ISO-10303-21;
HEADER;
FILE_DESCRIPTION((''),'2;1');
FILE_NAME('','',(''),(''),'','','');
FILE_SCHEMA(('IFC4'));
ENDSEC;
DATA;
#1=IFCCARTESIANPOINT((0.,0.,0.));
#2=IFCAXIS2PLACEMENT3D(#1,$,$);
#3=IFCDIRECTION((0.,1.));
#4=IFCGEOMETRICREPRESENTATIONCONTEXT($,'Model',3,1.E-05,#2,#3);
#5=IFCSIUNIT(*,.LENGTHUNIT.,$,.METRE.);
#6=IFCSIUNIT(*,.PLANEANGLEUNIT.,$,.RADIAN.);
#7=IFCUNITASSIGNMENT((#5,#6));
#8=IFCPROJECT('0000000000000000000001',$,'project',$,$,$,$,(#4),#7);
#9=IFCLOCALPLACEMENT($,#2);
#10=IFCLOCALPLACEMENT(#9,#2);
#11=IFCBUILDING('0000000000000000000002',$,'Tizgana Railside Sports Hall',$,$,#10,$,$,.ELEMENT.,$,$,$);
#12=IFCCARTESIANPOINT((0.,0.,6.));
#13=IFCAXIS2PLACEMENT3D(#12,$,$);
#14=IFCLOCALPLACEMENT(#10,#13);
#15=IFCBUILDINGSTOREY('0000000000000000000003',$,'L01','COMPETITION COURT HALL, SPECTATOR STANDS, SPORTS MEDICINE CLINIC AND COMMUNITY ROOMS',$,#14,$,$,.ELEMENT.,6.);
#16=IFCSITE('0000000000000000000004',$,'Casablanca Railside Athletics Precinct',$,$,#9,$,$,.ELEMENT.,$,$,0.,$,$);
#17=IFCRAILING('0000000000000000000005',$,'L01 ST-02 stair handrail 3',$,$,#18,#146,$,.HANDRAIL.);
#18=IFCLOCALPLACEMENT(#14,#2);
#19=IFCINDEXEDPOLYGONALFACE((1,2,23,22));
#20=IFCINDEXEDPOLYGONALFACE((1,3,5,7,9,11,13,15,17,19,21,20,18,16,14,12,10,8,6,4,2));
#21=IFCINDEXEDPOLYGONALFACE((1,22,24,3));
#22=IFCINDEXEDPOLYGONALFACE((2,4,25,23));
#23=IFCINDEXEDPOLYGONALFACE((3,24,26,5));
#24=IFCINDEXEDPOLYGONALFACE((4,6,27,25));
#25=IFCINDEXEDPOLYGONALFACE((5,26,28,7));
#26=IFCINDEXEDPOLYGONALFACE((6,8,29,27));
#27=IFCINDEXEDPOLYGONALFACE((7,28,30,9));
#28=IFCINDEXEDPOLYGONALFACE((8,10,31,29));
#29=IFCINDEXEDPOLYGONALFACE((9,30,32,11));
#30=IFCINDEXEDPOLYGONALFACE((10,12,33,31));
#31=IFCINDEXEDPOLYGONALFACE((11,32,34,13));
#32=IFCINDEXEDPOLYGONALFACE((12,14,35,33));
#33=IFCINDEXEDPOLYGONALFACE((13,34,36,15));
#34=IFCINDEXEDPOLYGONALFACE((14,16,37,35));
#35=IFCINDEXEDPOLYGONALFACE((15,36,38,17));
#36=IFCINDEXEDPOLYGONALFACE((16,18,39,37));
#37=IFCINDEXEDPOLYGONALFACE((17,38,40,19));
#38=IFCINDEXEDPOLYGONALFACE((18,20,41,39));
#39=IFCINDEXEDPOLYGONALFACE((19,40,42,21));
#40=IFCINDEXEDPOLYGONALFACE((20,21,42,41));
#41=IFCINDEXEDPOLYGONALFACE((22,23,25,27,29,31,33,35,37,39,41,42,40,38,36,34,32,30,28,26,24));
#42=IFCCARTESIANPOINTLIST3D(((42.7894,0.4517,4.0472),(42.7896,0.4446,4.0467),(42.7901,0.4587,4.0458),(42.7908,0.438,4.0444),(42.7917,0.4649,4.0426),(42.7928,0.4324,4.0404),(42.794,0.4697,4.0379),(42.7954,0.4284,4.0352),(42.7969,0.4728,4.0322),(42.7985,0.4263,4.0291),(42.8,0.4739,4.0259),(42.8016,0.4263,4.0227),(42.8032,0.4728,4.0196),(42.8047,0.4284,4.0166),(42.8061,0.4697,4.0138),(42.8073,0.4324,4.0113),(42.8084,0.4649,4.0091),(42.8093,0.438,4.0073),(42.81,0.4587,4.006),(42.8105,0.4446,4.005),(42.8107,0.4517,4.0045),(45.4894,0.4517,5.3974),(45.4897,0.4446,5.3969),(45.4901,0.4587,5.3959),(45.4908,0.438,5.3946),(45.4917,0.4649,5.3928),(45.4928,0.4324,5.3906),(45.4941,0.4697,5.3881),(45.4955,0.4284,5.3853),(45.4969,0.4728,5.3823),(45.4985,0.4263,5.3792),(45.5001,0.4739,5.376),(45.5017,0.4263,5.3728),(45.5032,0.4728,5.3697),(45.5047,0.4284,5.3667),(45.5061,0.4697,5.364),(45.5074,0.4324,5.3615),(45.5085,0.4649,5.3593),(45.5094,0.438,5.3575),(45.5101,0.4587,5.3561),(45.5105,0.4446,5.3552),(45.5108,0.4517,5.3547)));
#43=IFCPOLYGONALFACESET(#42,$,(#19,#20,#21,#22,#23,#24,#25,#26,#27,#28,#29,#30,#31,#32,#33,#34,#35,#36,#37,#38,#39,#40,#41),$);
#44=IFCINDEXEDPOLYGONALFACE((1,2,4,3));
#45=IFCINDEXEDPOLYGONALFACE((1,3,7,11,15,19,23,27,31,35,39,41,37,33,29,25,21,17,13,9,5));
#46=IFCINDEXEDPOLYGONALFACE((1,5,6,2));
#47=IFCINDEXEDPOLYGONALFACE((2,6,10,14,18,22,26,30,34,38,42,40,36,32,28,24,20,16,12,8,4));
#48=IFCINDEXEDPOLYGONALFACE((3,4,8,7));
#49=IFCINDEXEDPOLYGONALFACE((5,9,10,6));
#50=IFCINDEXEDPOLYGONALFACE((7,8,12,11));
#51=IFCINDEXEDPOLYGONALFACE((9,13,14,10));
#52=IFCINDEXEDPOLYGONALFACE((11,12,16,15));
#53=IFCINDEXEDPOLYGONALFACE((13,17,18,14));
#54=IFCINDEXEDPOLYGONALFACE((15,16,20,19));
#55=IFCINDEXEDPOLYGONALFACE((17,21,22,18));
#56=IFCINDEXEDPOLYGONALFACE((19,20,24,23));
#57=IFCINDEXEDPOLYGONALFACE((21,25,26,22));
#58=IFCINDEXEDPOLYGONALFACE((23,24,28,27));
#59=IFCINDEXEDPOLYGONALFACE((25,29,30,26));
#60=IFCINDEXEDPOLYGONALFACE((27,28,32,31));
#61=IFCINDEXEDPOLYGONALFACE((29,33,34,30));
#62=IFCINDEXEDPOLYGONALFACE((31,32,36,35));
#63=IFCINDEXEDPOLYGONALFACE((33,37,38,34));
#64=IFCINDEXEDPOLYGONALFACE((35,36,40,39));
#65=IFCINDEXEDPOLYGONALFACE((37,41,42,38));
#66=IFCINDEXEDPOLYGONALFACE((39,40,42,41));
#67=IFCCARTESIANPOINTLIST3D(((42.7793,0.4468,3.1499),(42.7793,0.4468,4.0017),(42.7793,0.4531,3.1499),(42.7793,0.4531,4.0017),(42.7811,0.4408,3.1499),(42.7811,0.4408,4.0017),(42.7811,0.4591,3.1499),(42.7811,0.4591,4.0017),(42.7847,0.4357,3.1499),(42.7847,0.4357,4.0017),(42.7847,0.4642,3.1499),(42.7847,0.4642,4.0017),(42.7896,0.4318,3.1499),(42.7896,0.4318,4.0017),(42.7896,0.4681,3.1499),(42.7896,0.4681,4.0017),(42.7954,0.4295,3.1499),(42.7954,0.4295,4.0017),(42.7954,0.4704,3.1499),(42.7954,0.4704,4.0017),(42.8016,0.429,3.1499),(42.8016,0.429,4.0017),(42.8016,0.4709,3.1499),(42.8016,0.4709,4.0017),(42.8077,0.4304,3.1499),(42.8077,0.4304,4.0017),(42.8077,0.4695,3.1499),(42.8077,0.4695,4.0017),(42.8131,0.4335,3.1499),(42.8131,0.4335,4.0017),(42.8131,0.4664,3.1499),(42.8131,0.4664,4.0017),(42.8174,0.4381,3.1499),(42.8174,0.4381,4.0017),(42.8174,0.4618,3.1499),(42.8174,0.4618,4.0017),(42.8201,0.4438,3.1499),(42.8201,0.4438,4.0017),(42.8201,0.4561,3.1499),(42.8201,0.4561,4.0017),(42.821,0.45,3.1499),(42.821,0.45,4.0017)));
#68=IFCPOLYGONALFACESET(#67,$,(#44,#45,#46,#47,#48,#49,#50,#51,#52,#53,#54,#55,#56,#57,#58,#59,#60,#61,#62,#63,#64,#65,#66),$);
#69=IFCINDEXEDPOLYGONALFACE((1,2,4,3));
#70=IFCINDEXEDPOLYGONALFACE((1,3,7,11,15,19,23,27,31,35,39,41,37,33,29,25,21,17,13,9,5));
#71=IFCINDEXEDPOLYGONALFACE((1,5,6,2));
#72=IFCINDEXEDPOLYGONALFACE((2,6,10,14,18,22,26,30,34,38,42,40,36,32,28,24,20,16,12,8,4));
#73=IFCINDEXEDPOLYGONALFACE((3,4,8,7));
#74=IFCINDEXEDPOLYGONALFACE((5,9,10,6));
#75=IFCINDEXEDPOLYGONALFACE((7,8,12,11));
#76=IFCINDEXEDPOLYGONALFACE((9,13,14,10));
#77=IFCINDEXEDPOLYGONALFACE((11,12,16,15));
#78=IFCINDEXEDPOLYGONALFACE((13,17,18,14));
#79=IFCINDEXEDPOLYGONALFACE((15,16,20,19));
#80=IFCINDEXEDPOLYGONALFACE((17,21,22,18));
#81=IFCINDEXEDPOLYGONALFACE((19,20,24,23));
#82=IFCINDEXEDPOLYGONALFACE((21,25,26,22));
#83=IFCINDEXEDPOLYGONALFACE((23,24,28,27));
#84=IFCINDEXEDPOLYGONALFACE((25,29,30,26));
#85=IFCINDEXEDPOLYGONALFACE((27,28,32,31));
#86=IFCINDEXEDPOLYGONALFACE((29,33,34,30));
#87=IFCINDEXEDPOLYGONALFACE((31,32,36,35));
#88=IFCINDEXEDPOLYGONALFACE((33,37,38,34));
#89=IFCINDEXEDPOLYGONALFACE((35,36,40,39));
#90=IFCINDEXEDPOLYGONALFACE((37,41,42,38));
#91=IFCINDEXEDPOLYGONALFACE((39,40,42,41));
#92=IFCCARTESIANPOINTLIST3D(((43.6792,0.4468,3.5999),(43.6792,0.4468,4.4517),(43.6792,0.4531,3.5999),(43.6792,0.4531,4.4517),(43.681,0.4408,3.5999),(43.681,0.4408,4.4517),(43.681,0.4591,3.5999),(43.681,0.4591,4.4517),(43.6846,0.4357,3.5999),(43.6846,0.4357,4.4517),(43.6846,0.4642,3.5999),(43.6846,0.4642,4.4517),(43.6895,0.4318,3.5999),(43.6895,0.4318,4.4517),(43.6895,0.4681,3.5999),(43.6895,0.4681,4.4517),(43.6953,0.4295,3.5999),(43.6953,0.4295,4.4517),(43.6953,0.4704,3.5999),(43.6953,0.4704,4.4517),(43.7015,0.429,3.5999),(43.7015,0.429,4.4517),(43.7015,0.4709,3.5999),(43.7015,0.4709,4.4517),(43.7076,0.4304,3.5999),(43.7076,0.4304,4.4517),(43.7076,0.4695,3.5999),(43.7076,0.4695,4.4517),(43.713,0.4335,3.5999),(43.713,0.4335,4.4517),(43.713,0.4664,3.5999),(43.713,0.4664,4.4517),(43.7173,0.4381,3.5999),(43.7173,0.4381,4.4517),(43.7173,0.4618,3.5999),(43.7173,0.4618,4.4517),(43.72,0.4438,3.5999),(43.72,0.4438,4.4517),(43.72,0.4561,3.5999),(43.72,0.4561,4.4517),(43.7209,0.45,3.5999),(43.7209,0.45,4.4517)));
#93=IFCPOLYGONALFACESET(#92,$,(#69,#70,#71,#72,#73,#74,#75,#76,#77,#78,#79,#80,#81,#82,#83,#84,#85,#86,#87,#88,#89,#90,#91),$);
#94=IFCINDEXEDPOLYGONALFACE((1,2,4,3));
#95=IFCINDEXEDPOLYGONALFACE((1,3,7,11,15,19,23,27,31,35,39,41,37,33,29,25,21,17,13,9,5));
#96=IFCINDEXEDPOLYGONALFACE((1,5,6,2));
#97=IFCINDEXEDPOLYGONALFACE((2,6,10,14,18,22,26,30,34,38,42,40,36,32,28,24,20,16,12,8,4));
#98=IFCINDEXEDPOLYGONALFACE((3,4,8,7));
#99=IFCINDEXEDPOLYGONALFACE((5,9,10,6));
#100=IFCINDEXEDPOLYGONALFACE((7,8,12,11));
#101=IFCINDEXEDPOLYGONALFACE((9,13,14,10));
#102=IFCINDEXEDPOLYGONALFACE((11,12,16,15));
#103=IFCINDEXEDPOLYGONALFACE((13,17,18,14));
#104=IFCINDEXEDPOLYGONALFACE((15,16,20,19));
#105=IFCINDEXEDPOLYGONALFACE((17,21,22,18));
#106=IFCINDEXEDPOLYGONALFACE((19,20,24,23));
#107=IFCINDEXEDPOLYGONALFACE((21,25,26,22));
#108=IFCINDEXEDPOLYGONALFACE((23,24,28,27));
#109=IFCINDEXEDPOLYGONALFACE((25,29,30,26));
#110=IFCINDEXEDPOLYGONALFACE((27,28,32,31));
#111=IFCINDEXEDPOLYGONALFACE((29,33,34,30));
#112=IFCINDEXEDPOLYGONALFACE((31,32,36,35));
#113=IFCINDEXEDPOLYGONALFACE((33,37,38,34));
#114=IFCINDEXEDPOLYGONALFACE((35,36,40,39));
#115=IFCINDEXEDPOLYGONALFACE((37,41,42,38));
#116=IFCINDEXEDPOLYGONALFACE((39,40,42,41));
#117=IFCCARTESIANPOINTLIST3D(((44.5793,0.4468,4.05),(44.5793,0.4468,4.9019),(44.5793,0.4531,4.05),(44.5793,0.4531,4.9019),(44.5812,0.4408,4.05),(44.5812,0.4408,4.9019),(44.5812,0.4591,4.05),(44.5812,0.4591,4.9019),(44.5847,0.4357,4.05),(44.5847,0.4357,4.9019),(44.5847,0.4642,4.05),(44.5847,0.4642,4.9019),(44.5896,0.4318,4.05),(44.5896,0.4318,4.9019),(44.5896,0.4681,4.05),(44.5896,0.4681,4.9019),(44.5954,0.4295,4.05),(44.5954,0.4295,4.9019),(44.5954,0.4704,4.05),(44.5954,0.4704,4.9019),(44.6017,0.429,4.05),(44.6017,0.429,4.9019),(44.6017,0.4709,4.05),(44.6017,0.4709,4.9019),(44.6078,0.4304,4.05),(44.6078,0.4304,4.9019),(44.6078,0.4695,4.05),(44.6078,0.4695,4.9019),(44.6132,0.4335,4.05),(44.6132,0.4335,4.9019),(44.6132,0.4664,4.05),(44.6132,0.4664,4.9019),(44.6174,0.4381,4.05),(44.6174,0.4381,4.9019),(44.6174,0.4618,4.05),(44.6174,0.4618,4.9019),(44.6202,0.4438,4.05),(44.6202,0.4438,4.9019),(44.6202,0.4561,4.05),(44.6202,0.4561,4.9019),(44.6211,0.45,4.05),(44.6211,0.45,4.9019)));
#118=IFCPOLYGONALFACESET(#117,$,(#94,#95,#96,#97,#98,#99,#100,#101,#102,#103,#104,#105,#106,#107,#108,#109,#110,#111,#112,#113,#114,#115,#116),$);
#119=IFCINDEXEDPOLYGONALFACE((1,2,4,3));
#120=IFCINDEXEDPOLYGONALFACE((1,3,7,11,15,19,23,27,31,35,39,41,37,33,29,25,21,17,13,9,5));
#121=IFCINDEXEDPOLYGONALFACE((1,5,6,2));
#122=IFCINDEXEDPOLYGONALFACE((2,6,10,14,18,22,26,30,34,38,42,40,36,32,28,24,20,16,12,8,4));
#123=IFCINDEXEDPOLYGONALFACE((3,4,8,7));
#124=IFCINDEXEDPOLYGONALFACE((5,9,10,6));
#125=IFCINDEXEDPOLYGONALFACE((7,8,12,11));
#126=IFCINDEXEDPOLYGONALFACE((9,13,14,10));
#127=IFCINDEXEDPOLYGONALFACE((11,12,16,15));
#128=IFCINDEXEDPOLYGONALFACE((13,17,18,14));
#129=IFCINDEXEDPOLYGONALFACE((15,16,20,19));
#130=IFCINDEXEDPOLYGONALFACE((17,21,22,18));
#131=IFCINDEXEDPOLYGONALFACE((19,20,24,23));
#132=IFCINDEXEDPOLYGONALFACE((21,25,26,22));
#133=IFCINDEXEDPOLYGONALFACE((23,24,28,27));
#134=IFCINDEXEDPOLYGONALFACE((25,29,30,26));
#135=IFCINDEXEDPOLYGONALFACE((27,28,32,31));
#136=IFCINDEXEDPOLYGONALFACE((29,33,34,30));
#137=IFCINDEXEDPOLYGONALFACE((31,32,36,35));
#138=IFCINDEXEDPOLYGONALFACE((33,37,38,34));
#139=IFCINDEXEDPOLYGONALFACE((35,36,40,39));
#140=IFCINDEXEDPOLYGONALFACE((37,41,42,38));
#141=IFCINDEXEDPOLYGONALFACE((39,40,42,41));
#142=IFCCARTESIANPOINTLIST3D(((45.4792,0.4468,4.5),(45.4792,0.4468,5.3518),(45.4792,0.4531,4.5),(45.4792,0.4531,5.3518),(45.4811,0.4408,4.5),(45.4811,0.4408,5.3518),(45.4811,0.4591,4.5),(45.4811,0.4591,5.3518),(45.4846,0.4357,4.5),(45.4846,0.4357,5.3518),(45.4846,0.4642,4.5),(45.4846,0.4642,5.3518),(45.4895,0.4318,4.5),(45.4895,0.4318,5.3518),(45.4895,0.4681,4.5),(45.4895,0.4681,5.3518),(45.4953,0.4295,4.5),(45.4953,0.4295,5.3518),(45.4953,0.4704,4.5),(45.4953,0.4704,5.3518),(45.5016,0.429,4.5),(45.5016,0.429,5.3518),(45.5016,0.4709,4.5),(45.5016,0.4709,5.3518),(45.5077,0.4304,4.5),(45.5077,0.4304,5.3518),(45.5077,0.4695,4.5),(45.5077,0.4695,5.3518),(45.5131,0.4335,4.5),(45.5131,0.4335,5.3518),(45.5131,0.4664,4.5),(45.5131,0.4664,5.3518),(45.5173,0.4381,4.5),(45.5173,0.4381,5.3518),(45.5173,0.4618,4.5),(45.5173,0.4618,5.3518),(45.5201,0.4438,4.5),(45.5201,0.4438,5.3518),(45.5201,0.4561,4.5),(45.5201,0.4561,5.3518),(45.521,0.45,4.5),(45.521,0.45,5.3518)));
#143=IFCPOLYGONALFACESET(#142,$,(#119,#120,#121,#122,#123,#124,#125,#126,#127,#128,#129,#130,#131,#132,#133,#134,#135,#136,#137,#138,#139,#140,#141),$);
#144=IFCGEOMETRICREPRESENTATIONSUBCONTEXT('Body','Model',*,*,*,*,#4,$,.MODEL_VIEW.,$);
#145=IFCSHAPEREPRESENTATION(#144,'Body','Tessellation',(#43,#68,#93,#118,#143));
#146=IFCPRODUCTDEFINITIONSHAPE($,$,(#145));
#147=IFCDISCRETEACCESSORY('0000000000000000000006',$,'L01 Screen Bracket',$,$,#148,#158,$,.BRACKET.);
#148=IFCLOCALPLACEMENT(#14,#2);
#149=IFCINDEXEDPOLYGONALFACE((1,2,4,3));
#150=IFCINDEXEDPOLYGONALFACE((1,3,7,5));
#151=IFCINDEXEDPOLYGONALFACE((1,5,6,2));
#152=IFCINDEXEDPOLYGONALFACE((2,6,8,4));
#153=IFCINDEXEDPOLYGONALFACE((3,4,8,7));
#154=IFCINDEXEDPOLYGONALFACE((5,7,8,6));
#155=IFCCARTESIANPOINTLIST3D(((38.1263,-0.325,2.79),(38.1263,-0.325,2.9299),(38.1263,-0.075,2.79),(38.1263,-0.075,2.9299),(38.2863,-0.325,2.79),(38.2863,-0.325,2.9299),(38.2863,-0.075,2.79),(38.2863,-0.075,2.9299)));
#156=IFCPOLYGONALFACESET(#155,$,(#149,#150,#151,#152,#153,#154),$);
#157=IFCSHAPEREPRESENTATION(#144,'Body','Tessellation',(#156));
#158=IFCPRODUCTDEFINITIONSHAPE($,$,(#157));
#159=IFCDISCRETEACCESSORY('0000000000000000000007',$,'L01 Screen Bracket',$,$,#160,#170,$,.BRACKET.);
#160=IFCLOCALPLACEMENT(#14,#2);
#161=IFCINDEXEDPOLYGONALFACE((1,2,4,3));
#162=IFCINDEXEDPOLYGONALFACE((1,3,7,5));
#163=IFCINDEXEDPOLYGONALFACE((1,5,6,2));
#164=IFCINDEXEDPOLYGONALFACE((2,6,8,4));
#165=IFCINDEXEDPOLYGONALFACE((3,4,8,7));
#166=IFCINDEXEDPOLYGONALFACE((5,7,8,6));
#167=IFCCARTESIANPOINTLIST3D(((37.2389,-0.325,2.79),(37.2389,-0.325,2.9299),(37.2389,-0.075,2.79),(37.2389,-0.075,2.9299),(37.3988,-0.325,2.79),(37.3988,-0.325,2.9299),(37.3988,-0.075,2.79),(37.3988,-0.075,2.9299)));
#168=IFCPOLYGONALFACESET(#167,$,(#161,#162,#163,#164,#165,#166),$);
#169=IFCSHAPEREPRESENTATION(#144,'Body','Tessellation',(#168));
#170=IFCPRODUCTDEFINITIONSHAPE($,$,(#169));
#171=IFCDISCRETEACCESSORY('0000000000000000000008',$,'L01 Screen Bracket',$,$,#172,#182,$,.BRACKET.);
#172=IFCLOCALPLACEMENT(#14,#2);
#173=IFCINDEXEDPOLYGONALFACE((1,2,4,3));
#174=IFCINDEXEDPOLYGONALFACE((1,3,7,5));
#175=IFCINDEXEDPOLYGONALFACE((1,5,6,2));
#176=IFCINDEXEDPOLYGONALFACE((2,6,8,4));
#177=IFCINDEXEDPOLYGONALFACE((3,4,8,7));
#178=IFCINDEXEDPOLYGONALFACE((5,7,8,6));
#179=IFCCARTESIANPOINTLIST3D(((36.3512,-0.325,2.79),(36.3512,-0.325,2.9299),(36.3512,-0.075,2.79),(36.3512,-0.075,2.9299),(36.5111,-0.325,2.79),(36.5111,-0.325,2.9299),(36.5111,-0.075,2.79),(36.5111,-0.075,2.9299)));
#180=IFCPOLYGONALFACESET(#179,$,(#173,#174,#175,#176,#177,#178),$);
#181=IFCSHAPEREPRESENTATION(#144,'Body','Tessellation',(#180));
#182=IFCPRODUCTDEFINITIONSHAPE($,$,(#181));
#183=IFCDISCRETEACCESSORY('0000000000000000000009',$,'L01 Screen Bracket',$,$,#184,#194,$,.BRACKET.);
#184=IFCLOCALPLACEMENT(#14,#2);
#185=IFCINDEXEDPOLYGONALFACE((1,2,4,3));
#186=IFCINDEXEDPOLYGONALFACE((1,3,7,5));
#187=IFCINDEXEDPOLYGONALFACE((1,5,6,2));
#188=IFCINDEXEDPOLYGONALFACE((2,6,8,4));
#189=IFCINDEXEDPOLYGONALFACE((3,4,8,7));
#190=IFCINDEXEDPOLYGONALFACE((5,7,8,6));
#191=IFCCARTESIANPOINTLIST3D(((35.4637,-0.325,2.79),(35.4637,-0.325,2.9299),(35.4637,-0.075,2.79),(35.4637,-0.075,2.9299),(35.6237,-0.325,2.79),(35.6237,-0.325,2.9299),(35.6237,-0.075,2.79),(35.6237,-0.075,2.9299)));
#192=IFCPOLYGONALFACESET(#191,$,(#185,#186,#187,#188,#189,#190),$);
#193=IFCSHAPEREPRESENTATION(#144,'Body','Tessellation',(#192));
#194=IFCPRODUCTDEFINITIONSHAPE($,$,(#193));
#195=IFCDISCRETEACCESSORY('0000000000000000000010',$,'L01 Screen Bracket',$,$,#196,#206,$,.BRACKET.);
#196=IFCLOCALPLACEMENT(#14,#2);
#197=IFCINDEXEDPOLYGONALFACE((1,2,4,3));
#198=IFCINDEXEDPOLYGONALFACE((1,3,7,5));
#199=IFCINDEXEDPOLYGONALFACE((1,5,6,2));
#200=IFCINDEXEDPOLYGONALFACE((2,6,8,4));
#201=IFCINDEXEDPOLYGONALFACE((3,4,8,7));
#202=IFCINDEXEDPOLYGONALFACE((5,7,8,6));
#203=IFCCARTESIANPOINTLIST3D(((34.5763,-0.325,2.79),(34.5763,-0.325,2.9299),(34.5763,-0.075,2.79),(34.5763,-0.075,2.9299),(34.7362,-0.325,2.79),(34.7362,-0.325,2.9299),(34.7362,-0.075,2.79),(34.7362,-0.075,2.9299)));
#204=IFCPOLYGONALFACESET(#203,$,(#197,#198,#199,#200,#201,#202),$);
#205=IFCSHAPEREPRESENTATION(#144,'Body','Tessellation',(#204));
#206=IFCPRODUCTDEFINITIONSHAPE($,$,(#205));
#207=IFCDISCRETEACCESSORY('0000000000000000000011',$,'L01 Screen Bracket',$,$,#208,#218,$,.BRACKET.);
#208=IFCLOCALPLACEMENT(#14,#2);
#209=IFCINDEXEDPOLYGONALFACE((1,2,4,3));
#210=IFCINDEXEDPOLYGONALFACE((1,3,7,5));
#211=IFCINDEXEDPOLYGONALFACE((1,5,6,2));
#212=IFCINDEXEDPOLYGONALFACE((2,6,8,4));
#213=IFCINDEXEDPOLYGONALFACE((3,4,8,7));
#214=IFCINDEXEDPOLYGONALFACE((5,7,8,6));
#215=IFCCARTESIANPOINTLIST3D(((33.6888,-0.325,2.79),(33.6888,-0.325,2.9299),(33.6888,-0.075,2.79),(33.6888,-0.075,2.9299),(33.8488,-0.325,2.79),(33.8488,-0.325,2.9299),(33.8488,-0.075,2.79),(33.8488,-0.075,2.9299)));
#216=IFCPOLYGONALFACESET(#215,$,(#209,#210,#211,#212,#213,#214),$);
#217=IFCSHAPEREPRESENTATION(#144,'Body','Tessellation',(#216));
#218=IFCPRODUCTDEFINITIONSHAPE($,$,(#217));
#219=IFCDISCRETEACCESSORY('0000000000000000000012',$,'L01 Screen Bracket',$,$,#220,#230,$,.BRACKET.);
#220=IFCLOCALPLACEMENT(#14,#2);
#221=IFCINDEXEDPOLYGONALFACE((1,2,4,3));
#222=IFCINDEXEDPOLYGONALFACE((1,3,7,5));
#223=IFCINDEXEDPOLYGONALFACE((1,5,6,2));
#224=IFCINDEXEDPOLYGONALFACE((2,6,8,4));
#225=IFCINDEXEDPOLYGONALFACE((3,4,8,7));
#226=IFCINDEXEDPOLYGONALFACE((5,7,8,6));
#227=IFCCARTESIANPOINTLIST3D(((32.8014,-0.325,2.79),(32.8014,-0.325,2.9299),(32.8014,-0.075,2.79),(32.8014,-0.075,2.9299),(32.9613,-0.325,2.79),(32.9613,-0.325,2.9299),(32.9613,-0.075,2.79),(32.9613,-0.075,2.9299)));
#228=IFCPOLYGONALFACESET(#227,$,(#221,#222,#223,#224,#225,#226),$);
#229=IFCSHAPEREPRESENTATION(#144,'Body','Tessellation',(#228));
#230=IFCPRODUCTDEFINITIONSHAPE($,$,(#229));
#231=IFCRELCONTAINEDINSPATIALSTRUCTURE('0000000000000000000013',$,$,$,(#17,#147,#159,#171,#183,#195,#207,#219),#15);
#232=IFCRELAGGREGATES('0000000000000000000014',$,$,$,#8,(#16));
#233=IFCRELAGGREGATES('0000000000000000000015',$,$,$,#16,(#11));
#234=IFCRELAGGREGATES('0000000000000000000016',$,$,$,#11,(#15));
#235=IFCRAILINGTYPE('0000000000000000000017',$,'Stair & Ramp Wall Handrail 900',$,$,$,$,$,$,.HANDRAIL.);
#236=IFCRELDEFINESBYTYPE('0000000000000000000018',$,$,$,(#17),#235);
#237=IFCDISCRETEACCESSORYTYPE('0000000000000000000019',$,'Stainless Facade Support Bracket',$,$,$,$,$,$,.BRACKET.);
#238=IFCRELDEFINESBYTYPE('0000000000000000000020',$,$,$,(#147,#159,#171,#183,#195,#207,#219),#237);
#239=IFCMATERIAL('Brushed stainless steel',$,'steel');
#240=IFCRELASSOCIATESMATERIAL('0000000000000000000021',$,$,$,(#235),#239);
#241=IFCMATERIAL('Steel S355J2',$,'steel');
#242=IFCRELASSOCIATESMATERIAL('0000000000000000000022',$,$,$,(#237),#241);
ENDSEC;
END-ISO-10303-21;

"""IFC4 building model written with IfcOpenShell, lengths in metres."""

from ifc_helpers import new_model, si_unit, direction, frame, origin, origin_2d, place, context, subcontext, project, spatial, rectangle, circle, extrude, material, type_object, element, save


model = new_model("IFC4")

# Units and contexts
model_context = context("Model", 3, precision=1e-05, world=origin(), true_north=direction((0.0, 1.0)))
body_context = subcontext(model_context, "Body", "Model", "MODEL_VIEW")
ifc_project = project(units=[si_unit("LENGTHUNIT", "METRE"), si_unit("PLANEANGLEUNIT", "RADIAN")], contexts=[model_context])

# Site, building, storey
site_placement = place(None, origin())
site = spatial("IfcSite", under=ifc_project, at=site_placement, Name="Casablanca Railside Athletics Precinct", CompositionType="ELEMENT", RefElevation=0.0)
building_placement = place(site_placement, origin())
building = spatial("IfcBuilding", under=site, at=building_placement, Name="Tizgana Railside Sports Hall", CompositionType="ELEMENT")
storey_placement = place(building_placement, frame((0.0, 0.0, 6.0)))
storey = spatial("IfcBuildingStorey", under=building, at=storey_placement, Name="L01", Description="COMPETITION COURT HALL, SPECTATOR STANDS, SPORTS MEDICINE CLINIC AND COMMUNITY ROOMS", CompositionType="ELEMENT", Elevation=6.0)

# Shared definitions
ifc_material_1 = material(Name="Steel S355J2", Category="steel")

# Railing
ifc_material_2 = material(Name="Brushed stainless steel", Category="steel")
railing_type_1 = type_object("IfcRailingType", Name="Stair & Ramp Wall Handrail 900", PredefinedType="HANDRAIL", material=ifc_material_2)
for number, where, name in (
    (1, (42.8, 0.45, 3.1499), "L01 ST-02 stair handrail 3"),
):
    element("IfcRailing", number, at=place(storey_placement, frame(where)), inside=storey, type_object=railing_type_1, Name=name, PredefinedType="HANDRAIL", context=body_context, shape_type="SweptSolid", body=[
        extrude(circle(Radius=0.0239, at=origin_2d()), frame((0.0, 0.0, 0.876), z_axis=(0.894411, 0.0, 0.447246), x_axis=(0.0, 1.0, 0.0)), (0.0, 0.0, 1.0), 3.0188),
        extrude(circle(Radius=0.021, at=origin_2d()), origin(), (0.0, 0.0, 1.0), 0.8518),
        extrude(circle(Radius=0.021, at=origin_2d()), frame((0.8999, 0.0, 0.45)), (0.0, 0.0, 1.0), 0.8518),
        extrude(circle(Radius=0.021, at=origin_2d()), frame((1.8, 0.0, 0.9001)), (0.0, 0.0, 1.0), 0.8518),
        extrude(circle(Radius=0.021, at=origin_2d()), frame((2.7, 0.0, 1.3501)), (0.0, 0.0, 1.0), 0.8518),
    ])

# Discrete accessories
discrete_accessory_type = type_object("IfcDiscreteAccessoryType", Name="Stainless Facade Support Bracket", PredefinedType="BRACKET", material=ifc_material_1)
for number, where, z_axis, x_axis, name in (
    (2, (38.2063, -0.2, 2.79), (0.0, 0.0, 1.0), (-1.0, 0.0, 0.0), "L01 Screen Bracket"),
    (3, (37.3188, -0.2, 2.79), (0.0, 0.0, 1.0), (-1.0, 0.0, 0.0), "L01 Screen Bracket"),
    (4, (36.4312, -0.2, 2.79), (0.0, 0.0, 1.0), (-1.0, 0.0, 0.0), "L01 Screen Bracket"),
    (5, (35.5437, -0.2, 2.79), (0.0, 0.0, 1.0), (-1.0, 0.0, 0.0), "L01 Screen Bracket"),
    (6, (34.6562, -0.2, 2.79), (0.0, 0.0, 1.0), (-1.0, 0.0, 0.0), "L01 Screen Bracket"),
    (7, (33.7688, -0.2, 2.79), (0.0, 0.0, 1.0), (-1.0, 0.0, 0.0), "L01 Screen Bracket"),
    (8, (32.8813, -0.2, 2.79), (0.0, 0.0, 1.0), (-1.0, 0.0, 0.0), "L01 Screen Bracket"),
):
    element("IfcDiscreteAccessory", number, at=place(storey_placement, frame(where, z_axis=z_axis, x_axis=x_axis)), inside=storey, type_object=discrete_accessory_type, Name=name, PredefinedType="BRACKET", context=body_context, shape_type="SweptSolid", body=[
        extrude(rectangle(XDim=0.1599, YDim=0.25, at=origin_2d()), origin(), (0.0, 0.0, 1.0), 0.1399),
    ])

save(model, "model.ifc")
